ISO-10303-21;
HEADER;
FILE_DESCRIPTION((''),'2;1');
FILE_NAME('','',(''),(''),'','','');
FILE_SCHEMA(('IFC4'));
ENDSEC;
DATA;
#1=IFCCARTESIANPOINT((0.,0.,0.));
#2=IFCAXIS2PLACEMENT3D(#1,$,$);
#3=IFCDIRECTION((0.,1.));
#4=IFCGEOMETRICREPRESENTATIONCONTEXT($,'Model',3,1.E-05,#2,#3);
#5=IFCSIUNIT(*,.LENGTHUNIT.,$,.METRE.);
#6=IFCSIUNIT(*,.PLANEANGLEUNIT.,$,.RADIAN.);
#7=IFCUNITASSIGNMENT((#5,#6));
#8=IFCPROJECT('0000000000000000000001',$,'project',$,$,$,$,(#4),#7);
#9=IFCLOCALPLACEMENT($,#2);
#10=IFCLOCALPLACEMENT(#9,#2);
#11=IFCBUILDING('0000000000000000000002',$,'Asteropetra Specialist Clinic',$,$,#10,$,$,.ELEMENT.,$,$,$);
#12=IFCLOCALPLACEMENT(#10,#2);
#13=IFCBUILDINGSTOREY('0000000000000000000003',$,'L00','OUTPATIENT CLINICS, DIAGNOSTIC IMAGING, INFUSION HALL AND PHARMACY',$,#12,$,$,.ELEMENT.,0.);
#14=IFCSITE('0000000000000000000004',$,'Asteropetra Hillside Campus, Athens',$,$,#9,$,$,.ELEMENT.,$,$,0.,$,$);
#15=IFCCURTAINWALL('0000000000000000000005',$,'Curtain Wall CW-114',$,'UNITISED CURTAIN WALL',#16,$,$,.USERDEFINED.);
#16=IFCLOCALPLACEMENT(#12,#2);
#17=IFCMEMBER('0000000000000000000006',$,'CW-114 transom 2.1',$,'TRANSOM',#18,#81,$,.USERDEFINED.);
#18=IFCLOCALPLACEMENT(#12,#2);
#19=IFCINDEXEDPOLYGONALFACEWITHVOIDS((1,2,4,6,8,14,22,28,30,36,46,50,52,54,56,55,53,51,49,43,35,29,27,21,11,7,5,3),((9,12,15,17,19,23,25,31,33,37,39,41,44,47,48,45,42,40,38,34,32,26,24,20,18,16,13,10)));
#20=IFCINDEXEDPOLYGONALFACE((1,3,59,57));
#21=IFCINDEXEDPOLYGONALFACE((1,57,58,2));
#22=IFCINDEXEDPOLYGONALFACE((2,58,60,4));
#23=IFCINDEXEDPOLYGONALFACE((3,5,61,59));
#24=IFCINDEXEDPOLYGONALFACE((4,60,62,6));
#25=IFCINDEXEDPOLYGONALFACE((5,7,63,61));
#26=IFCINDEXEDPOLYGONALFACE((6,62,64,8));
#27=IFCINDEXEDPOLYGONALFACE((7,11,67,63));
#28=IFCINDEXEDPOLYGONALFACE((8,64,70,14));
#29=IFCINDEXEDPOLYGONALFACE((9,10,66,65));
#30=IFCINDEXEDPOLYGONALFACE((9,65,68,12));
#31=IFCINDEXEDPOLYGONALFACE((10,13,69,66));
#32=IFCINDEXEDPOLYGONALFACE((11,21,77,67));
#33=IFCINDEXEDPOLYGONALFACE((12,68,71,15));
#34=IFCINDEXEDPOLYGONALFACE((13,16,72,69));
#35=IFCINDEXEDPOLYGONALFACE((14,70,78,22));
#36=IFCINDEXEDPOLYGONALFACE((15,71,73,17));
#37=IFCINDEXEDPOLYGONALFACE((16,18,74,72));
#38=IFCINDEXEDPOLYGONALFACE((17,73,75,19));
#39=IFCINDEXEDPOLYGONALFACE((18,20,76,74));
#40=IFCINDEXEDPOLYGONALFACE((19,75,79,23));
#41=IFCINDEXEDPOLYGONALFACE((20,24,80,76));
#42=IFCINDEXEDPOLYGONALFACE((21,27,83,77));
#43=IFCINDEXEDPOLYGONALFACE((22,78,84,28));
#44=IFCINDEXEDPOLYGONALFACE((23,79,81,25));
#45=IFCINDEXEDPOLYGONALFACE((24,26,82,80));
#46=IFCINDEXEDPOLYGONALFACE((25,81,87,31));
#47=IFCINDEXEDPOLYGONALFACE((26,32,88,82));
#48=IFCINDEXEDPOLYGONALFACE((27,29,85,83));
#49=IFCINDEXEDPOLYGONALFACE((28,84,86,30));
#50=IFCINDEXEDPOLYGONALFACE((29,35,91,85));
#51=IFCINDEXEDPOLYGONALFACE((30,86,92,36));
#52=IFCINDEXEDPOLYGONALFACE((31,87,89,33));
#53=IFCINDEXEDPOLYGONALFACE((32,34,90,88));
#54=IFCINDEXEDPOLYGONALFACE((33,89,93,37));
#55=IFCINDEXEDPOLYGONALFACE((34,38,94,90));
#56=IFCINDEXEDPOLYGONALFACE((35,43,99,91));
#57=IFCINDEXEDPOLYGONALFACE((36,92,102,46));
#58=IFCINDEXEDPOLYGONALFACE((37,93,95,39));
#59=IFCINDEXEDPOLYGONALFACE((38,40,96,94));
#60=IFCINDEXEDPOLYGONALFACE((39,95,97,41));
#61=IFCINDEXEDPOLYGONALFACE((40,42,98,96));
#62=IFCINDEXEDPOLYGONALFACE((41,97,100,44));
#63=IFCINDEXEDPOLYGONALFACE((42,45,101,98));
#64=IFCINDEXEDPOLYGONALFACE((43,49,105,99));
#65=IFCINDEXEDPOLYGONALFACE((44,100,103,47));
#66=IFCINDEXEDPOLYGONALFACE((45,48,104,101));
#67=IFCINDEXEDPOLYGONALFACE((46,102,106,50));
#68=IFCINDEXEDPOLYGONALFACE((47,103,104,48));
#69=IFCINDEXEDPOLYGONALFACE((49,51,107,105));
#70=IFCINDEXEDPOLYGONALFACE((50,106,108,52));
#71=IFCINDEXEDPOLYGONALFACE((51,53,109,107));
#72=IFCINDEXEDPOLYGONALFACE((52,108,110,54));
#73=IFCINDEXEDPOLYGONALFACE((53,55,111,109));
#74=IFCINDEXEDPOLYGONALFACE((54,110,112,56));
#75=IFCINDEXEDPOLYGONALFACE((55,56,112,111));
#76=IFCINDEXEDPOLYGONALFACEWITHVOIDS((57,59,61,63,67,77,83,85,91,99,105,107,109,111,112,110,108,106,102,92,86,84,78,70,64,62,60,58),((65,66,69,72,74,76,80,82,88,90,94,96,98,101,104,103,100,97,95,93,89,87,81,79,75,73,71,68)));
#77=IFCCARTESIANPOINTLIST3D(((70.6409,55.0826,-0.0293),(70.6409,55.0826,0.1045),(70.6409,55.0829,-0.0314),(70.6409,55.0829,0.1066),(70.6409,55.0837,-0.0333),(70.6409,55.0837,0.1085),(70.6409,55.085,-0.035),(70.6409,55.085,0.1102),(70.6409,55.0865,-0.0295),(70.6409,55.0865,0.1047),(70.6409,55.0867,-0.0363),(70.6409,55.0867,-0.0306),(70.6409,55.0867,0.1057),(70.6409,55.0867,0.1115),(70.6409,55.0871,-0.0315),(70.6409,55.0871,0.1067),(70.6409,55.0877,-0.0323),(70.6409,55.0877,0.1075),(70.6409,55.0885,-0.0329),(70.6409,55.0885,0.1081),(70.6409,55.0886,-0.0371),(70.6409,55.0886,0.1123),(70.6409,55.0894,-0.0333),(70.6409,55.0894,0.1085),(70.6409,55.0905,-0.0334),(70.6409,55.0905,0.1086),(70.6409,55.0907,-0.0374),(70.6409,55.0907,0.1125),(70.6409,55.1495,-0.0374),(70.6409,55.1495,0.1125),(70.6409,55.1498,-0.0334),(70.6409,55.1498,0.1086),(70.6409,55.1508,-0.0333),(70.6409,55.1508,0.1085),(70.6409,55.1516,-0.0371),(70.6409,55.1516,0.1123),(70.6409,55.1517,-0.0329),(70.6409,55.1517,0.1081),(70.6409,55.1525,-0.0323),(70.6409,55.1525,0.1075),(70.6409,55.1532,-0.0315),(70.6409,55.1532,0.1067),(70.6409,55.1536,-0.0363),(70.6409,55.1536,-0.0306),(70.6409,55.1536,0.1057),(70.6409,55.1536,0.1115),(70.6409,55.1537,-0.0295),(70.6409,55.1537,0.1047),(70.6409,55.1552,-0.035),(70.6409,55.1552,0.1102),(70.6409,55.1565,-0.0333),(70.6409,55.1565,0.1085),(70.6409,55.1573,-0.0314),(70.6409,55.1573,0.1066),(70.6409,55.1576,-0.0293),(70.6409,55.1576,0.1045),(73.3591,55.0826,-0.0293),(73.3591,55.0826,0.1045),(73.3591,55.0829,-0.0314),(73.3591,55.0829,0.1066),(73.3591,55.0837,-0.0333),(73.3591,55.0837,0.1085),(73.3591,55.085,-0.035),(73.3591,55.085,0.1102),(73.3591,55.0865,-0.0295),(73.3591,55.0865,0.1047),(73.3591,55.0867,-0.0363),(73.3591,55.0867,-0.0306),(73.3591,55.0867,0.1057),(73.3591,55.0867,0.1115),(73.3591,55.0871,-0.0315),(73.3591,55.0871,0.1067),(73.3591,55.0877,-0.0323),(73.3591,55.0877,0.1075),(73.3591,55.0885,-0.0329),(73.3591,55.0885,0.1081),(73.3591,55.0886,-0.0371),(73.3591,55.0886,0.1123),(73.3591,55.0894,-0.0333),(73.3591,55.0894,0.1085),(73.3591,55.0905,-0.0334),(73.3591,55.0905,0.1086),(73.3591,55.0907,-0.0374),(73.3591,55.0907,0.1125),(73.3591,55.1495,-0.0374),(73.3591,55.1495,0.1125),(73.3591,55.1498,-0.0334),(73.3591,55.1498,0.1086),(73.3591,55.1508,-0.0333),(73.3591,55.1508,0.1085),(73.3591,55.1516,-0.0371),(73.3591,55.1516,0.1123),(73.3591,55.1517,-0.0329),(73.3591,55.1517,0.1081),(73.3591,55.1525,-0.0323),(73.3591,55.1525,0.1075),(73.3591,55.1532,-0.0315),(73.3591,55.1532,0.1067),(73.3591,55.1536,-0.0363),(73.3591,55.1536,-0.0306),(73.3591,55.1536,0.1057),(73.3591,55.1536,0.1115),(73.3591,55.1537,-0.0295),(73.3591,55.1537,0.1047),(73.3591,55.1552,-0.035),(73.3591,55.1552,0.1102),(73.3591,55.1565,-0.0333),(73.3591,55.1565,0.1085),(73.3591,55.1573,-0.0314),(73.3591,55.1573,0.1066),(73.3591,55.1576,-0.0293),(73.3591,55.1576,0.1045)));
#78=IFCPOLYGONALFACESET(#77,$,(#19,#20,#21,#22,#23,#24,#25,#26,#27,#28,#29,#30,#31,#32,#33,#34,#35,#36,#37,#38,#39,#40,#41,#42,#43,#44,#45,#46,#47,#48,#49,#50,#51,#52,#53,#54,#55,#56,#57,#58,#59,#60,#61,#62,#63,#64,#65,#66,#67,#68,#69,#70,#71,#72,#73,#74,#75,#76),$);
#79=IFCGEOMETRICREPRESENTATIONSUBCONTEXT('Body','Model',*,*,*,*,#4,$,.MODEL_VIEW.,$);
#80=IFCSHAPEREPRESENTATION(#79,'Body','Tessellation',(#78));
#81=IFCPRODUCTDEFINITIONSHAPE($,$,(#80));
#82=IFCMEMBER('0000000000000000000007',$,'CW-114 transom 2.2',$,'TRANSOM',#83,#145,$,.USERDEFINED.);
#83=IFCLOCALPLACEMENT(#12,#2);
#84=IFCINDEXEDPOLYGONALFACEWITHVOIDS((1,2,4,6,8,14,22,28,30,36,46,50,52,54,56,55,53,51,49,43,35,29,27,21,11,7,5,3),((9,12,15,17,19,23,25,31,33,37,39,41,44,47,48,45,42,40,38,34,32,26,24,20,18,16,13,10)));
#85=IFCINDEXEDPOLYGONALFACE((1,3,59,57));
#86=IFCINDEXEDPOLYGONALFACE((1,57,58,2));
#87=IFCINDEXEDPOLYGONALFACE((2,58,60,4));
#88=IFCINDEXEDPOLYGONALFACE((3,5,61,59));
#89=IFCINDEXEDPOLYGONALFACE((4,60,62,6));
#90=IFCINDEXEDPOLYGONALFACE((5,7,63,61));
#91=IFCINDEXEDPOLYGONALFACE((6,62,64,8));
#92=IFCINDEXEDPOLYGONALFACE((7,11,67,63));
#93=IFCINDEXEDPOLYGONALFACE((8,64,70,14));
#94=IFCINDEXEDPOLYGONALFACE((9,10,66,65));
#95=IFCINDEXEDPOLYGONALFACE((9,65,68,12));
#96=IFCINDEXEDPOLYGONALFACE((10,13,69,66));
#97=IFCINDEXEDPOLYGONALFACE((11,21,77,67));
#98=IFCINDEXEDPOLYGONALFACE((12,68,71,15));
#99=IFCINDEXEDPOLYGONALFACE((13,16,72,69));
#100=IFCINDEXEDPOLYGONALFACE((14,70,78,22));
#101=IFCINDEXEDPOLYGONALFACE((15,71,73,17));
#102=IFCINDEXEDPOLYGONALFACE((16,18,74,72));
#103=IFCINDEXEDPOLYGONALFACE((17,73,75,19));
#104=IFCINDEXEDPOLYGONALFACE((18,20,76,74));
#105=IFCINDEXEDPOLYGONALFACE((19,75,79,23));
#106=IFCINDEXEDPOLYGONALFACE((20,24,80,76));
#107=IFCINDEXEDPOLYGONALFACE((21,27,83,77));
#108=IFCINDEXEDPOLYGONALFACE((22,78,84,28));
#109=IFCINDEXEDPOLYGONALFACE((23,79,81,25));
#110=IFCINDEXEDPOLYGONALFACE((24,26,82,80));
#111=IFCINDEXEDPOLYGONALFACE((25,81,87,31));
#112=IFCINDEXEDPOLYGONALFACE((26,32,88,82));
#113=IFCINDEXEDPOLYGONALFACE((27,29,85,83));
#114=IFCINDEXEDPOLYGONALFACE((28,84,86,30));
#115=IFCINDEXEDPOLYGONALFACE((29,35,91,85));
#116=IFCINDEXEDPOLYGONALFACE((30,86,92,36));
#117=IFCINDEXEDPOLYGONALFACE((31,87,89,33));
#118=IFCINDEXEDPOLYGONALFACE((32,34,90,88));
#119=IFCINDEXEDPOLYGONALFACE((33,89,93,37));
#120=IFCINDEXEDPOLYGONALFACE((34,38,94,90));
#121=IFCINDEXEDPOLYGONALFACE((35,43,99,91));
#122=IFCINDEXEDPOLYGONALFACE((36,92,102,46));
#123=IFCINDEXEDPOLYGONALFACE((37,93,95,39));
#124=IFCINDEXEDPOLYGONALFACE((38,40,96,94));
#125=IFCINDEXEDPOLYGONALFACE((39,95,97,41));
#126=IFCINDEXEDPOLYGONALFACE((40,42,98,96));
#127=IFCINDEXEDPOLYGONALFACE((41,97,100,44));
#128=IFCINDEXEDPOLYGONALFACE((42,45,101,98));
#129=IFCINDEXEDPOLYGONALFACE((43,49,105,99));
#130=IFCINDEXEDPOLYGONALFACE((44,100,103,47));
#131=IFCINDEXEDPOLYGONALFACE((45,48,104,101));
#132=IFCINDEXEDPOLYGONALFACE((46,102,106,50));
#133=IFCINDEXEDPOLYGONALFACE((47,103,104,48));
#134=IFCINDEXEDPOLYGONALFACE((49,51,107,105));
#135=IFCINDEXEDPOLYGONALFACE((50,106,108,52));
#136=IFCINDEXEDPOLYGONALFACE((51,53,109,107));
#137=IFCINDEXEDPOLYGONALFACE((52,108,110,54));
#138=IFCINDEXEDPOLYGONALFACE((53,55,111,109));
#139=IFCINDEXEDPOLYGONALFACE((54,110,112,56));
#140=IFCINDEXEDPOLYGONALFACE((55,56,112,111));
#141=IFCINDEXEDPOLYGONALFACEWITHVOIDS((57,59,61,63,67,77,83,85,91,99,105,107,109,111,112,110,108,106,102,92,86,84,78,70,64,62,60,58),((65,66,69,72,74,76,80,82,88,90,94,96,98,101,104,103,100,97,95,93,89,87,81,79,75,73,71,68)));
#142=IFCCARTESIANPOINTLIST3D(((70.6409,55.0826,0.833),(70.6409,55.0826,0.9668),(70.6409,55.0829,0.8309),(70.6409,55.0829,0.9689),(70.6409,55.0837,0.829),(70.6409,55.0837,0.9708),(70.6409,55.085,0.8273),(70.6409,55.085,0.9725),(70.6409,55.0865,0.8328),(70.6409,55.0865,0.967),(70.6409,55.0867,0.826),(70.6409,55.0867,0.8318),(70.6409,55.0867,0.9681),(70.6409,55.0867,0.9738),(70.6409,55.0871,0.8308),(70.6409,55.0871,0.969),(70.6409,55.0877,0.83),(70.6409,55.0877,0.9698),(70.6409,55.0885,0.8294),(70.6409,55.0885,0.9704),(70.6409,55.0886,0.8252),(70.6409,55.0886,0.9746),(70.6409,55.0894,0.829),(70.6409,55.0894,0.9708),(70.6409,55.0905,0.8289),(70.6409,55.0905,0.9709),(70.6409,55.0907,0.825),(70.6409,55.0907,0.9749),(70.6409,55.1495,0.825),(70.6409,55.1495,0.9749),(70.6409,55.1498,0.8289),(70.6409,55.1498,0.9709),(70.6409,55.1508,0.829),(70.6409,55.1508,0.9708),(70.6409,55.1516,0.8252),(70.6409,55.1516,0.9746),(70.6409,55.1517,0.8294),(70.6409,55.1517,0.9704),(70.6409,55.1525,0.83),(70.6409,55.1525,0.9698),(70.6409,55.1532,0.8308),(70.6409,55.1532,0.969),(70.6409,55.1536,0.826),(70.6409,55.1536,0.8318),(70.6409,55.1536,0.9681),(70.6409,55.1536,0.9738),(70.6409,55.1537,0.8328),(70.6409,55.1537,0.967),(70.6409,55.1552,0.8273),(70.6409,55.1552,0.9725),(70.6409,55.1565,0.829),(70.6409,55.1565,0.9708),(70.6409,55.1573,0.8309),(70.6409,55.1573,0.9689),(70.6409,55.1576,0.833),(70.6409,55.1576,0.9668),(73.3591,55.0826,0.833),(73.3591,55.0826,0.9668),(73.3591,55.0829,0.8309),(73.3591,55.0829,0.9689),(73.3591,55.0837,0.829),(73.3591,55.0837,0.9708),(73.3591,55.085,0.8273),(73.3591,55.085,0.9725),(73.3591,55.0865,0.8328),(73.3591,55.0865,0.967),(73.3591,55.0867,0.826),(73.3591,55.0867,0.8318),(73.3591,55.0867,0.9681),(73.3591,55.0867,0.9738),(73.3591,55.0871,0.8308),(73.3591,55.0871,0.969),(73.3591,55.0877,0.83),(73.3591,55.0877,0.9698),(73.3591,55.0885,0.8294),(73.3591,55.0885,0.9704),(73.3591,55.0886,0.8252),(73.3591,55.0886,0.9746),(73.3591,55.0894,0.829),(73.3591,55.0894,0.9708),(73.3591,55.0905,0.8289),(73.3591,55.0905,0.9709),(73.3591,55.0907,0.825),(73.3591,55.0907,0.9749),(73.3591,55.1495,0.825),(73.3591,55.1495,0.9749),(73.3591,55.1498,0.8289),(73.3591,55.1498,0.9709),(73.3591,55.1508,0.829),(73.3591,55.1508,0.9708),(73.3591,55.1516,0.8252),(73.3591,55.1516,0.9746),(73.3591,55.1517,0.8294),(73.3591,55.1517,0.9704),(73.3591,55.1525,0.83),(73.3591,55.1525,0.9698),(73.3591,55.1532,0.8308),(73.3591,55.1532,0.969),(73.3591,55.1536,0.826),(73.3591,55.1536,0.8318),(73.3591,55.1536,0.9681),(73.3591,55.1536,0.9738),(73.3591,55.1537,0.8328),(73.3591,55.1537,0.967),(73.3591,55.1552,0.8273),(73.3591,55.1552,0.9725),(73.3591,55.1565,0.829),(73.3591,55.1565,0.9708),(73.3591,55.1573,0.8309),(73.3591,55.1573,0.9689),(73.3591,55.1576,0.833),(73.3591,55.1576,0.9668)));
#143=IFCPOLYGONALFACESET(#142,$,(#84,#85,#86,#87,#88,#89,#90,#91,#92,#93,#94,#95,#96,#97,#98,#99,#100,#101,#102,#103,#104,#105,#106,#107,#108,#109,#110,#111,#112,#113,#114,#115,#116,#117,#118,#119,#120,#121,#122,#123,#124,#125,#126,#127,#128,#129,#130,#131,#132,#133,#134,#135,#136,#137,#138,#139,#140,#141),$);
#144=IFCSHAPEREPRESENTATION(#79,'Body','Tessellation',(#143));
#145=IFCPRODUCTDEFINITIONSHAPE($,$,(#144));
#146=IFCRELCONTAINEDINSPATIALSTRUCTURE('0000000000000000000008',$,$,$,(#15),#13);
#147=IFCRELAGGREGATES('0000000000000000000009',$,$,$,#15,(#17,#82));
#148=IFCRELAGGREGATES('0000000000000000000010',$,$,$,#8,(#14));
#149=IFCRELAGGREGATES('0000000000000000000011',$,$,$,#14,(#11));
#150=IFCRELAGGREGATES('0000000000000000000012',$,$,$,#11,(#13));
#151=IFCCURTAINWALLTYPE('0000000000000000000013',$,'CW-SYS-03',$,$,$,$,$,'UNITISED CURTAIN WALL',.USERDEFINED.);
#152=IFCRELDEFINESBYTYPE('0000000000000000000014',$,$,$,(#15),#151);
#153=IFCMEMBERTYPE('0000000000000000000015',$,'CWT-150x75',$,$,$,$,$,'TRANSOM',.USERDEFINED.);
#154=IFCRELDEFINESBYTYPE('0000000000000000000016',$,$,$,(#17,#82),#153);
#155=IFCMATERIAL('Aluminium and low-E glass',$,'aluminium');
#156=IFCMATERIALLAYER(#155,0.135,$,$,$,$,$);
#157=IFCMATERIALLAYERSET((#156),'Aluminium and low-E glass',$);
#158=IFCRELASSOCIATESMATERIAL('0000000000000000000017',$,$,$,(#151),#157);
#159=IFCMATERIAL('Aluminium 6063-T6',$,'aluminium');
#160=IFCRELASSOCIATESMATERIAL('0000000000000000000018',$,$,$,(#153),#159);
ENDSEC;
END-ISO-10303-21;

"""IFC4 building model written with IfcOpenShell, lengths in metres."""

from ifc_helpers import new_model, si_unit, direction, frame, origin, origin_2d, place, context, subcontext, project, spatial, hollow_rectangle, extrude, material, layer, layer_set, material_profile, profile_set, type_object, element, aggregate, save


model = new_model("IFC4")

# Units and contexts
model_context = context("Model", 3, precision=1e-05, world=origin(), true_north=direction((0.0, 1.0)))
body_context = subcontext(model_context, "Body", "Model", "MODEL_VIEW")
ifc_project = project(units=[si_unit("LENGTHUNIT", "METRE"), si_unit("PLANEANGLEUNIT", "RADIAN")], contexts=[model_context])

# Site, building, storey
site_placement = place(None, origin())
site = spatial("IfcSite", under=ifc_project, at=site_placement, Name="Asteropetra Hillside Campus, Athens", CompositionType="ELEMENT", RefElevation=0.0)
building_placement = place(site_placement, origin())
building = spatial("IfcBuilding", under=site, at=building_placement, Name="Asteropetra Specialist Clinic", CompositionType="ELEMENT")
storey_placement = place(building_placement, origin())
storey = spatial("IfcBuildingStorey", under=building, at=storey_placement, Name="L00", Description="OUTPATIENT CLINICS, DIAGNOSTIC IMAGING, INFUSION HALL AND PHARMACY", CompositionType="ELEMENT", Elevation=0.0)

# Curtain wall, members
ifc_material_1 = material(Name="Aluminium and low-E glass", Category="aluminium")
ifc_layer_1 = layer(ifc_material_1, 0.135)
ifc_layer_set_1 = layer_set([ifc_layer_1], Name="Aluminium and low-E glass")
curtain_wall_type = type_object("IfcCurtainWallType", Name="CW-SYS-03", ElementType="UNITISED CURTAIN WALL", PredefinedType="USERDEFINED", material=ifc_layer_set_1)
curtain_wall_placement = place(storey_placement, origin())
curtain_wall = element("IfcCurtainWall", 1, at=curtain_wall_placement, inside=storey, type_object=curtain_wall_type, Name="Curtain Wall CW-114", ObjectType="UNITISED CURTAIN WALL", PredefinedType="USERDEFINED")
ifc_material_2 = material(Name="Aluminium 6063-T6", Category="aluminium")
ifc_material_profile_1 = material_profile(ifc_material_2, hollow_rectangle(XDim=0.075, YDim=0.1499, WallThickness=0.0039, InnerFilletRadius=0.0039, OuterFilletRadius=0.0081, at=origin_2d()), Name="TRN 150x75x4.0")
ifc_profile_set_1 = profile_set([ifc_material_profile_1], Name="Aluminium 6063-T6")
member_type_1 = type_object("IfcMemberType", Name="CWT-150x75", ElementType="TRANSOM", PredefinedType="USERDEFINED", material=ifc_profile_set_1)
member_1_placement = place(storey_placement, frame((73.3591, 55.1201, 0.0376), z_axis=(-1.0, 0.0, 0.0), x_axis=(0.0, -1.0, 0.0)))
member_1 = element("IfcMember", 2, at=member_1_placement, type_object=member_type_1, Name="CW-114 transom 2.1", ObjectType="TRANSOM", PredefinedType="USERDEFINED", context=body_context, shape_type="SweptSolid", body=[
    extrude(hollow_rectangle(XDim=0.075, YDim=0.1499, WallThickness=0.0039, InnerFilletRadius=0.0039, OuterFilletRadius=0.0081, at=origin_2d()), origin(), (0.0, 0.0, 1.0), 2.7183),
])
member_2_placement = place(storey_placement, frame((73.3591, 55.1201, 0.8999), z_axis=(-1.0, 0.0, 0.0), x_axis=(0.0, -1.0, 0.0)))
member_2 = element("IfcMember", 3, at=member_2_placement, type_object=member_type_1, Name="CW-114 transom 2.2", ObjectType="TRANSOM", PredefinedType="USERDEFINED", context=body_context, shape_type="SweptSolid", body=[
    extrude(hollow_rectangle(XDim=0.075, YDim=0.1499, WallThickness=0.0039, InnerFilletRadius=0.0039, OuterFilletRadius=0.0081, at=origin_2d()), origin(), (0.0, 0.0, 1.0), 2.7183),
])
aggregate(curtain_wall, [member_1, member_2])

save(model, "model.ifc")
